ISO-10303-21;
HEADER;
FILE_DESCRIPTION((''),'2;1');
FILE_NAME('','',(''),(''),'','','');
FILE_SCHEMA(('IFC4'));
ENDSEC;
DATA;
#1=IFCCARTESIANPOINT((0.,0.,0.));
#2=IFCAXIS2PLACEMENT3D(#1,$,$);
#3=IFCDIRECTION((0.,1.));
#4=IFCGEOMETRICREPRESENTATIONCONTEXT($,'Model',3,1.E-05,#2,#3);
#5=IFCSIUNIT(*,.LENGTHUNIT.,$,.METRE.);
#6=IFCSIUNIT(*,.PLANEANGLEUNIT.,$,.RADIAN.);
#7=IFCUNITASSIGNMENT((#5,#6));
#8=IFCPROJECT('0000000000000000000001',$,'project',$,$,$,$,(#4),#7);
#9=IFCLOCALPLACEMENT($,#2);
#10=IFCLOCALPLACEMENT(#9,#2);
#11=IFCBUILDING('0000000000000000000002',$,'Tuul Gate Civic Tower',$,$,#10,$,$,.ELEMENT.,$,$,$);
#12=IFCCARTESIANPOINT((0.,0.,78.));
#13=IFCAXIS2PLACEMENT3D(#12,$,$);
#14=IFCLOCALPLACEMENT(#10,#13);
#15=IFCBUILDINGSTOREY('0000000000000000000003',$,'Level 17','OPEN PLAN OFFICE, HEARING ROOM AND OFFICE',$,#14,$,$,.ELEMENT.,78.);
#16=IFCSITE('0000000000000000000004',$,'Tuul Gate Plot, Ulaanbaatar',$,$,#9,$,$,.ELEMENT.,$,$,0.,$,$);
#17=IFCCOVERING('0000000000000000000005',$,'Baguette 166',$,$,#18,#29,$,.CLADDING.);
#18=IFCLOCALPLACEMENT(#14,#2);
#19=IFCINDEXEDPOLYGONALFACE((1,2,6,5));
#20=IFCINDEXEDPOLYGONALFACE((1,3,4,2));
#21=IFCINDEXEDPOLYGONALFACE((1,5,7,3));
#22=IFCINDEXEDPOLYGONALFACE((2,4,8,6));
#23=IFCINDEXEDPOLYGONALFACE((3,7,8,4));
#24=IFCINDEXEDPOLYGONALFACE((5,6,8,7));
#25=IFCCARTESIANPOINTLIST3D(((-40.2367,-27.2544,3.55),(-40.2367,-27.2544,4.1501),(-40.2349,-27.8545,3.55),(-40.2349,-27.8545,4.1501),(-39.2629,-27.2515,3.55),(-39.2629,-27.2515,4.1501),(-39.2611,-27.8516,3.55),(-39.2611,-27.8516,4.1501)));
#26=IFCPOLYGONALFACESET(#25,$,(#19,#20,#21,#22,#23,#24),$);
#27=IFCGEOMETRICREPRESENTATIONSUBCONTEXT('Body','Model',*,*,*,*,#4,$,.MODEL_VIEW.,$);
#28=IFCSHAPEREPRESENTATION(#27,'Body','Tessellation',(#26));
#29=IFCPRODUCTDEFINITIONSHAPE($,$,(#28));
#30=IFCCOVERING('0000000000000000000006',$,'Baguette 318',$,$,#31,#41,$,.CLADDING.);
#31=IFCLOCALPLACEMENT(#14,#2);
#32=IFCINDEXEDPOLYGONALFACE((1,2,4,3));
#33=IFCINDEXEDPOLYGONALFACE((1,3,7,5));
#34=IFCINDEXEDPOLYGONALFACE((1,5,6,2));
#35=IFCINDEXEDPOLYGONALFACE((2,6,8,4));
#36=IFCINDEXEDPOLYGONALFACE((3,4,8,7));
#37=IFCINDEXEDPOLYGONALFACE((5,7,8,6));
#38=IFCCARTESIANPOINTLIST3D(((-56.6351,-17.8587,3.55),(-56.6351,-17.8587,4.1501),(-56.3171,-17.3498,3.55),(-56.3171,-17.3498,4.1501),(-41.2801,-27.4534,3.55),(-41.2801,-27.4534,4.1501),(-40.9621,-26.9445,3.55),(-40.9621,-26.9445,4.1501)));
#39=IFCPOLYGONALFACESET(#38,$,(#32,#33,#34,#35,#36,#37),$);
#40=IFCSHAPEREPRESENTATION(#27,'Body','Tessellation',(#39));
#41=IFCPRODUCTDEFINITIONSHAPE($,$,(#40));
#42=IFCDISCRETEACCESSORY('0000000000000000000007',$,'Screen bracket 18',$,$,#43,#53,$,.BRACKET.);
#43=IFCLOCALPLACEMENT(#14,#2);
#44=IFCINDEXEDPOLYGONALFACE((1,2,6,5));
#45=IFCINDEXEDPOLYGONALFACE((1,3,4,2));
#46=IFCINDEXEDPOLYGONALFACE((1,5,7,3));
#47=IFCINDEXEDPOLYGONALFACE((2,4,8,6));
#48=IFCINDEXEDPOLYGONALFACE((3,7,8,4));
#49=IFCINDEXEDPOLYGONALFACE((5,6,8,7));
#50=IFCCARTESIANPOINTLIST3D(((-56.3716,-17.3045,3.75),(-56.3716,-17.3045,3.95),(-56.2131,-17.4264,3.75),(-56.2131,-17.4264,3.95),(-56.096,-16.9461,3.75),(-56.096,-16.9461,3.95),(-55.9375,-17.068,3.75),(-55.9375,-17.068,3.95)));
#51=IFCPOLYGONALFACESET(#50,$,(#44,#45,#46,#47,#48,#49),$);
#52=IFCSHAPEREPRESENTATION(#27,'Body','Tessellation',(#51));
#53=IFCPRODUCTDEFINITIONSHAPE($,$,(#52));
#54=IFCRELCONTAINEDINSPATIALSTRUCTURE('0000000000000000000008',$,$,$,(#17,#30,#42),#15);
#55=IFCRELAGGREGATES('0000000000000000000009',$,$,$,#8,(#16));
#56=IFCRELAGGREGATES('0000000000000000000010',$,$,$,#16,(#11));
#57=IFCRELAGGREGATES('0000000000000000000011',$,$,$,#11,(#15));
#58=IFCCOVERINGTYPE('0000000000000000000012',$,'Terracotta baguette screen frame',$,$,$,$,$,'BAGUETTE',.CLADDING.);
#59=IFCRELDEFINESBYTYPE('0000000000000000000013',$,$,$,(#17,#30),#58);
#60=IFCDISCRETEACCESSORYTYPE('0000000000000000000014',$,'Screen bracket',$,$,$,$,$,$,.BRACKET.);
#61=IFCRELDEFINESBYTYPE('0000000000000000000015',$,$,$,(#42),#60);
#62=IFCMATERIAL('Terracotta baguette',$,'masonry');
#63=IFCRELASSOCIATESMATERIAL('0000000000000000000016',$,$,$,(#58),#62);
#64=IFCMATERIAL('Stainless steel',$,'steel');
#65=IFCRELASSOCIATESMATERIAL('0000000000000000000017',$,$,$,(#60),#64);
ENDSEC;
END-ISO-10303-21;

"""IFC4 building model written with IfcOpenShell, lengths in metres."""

from ifc_helpers import new_model, si_unit, direction, frame, origin, origin_2d, place, context, subcontext, project, spatial, rectangle, extrude, material, material_profile, profile_set, type_object, element, save


model = new_model("IFC4")

# Units and contexts
model_context = context("Model", 3, precision=1e-05, world=origin(), true_north=direction((0.0, 1.0)))
body_context = subcontext(model_context, "Body", "Model", "MODEL_VIEW")
ifc_project = project(units=[si_unit("LENGTHUNIT", "METRE"), si_unit("PLANEANGLEUNIT", "RADIAN")], contexts=[model_context])

# Site, building, storey
site_placement = place(None, origin())
site = spatial("IfcSite", under=ifc_project, at=site_placement, Name="Tuul Gate Plot, Ulaanbaatar", CompositionType="ELEMENT", RefElevation=0.0)
building_placement = place(site_placement, origin())
building = spatial("IfcBuilding", under=site, at=building_placement, Name="Tuul Gate Civic Tower", CompositionType="ELEMENT")
storey_placement = place(building_placement, frame((0.0, 0.0, 78.0)))
storey = spatial("IfcBuildingStorey", under=building, at=storey_placement, Name="Level 17", Description="OPEN PLAN OFFICE, HEARING ROOM AND OFFICE", CompositionType="ELEMENT", Elevation=78.0)

# Coverings
ifc_material_1 = material(Name="Terracotta baguette", Category="masonry")
ifc_material_profile_1 = material_profile(ifc_material_1, rectangle(XDim=0.6001, YDim=0.6001, at=origin_2d()), Name="Terracotta baguette screen frame")
ifc_profile_set_1 = profile_set([ifc_material_profile_1], Name="Terracotta baguette")
covering_type = type_object("IfcCoveringType", Name="Terracotta baguette screen frame", ElementType="BAGUETTE", PredefinedType="CLADDING", material=ifc_profile_set_1)
covering_1_placement = place(storey_placement, frame((-40.2358, -27.5544, 3.8501), z_axis=(0.999995, 0.003008, 0.0), x_axis=(-0.003008, 0.999995, 0.0)))
element("IfcCovering", 1, at=covering_1_placement, inside=storey, type_object=covering_type, Name="Baguette 166", PredefinedType="CLADDING", context=body_context, shape_type="SweptSolid", body=[
    extrude(rectangle(XDim=0.6001, YDim=0.6001, at=origin_2d()), origin(), (0.0, 0.0, 1.0), 0.9739),
])
covering_2_placement = place(storey_placement, frame((-56.4761, -17.6042, 3.8501), z_axis=(0.848051, -0.529914, 0.0), x_axis=(0.529914, 0.848051, 0.0)))
element("IfcCovering", 2, at=covering_2_placement, inside=storey, type_object=covering_type, Name="Baguette 318", PredefinedType="CLADDING", context=body_context, shape_type="SweptSolid", body=[
    extrude(rectangle(XDim=0.6001, YDim=0.6001, at=origin_2d()), origin(), (0.0, 0.0, 1.0), 18.1062),
])

# Discrete accessory
ifc_material_2 = material(Name="Stainless steel", Category="steel")
discrete_accessory_type = type_object("IfcDiscreteAccessoryType", Name="Screen bracket", PredefinedType="BRACKET", material=ifc_material_2)
discrete_accessory_placement = place(storey_placement, frame((-56.1545, -17.1863, 3.75), z_axis=(0.0, 0.0, 1.0), x_axis=(-0.609618, -0.792695, 0.0)))
element("IfcDiscreteAccessory", 3, at=discrete_accessory_placement, inside=storey, type_object=discrete_accessory_type, Name="Screen bracket 18", PredefinedType="BRACKET", context=body_context, shape_type="SweptSolid", body=[
    extrude(rectangle(XDim=0.4521, YDim=0.2, at=origin_2d()), origin(), (0.0, 0.0, 1.0), 0.2),
])

save(model, "model.ifc")
